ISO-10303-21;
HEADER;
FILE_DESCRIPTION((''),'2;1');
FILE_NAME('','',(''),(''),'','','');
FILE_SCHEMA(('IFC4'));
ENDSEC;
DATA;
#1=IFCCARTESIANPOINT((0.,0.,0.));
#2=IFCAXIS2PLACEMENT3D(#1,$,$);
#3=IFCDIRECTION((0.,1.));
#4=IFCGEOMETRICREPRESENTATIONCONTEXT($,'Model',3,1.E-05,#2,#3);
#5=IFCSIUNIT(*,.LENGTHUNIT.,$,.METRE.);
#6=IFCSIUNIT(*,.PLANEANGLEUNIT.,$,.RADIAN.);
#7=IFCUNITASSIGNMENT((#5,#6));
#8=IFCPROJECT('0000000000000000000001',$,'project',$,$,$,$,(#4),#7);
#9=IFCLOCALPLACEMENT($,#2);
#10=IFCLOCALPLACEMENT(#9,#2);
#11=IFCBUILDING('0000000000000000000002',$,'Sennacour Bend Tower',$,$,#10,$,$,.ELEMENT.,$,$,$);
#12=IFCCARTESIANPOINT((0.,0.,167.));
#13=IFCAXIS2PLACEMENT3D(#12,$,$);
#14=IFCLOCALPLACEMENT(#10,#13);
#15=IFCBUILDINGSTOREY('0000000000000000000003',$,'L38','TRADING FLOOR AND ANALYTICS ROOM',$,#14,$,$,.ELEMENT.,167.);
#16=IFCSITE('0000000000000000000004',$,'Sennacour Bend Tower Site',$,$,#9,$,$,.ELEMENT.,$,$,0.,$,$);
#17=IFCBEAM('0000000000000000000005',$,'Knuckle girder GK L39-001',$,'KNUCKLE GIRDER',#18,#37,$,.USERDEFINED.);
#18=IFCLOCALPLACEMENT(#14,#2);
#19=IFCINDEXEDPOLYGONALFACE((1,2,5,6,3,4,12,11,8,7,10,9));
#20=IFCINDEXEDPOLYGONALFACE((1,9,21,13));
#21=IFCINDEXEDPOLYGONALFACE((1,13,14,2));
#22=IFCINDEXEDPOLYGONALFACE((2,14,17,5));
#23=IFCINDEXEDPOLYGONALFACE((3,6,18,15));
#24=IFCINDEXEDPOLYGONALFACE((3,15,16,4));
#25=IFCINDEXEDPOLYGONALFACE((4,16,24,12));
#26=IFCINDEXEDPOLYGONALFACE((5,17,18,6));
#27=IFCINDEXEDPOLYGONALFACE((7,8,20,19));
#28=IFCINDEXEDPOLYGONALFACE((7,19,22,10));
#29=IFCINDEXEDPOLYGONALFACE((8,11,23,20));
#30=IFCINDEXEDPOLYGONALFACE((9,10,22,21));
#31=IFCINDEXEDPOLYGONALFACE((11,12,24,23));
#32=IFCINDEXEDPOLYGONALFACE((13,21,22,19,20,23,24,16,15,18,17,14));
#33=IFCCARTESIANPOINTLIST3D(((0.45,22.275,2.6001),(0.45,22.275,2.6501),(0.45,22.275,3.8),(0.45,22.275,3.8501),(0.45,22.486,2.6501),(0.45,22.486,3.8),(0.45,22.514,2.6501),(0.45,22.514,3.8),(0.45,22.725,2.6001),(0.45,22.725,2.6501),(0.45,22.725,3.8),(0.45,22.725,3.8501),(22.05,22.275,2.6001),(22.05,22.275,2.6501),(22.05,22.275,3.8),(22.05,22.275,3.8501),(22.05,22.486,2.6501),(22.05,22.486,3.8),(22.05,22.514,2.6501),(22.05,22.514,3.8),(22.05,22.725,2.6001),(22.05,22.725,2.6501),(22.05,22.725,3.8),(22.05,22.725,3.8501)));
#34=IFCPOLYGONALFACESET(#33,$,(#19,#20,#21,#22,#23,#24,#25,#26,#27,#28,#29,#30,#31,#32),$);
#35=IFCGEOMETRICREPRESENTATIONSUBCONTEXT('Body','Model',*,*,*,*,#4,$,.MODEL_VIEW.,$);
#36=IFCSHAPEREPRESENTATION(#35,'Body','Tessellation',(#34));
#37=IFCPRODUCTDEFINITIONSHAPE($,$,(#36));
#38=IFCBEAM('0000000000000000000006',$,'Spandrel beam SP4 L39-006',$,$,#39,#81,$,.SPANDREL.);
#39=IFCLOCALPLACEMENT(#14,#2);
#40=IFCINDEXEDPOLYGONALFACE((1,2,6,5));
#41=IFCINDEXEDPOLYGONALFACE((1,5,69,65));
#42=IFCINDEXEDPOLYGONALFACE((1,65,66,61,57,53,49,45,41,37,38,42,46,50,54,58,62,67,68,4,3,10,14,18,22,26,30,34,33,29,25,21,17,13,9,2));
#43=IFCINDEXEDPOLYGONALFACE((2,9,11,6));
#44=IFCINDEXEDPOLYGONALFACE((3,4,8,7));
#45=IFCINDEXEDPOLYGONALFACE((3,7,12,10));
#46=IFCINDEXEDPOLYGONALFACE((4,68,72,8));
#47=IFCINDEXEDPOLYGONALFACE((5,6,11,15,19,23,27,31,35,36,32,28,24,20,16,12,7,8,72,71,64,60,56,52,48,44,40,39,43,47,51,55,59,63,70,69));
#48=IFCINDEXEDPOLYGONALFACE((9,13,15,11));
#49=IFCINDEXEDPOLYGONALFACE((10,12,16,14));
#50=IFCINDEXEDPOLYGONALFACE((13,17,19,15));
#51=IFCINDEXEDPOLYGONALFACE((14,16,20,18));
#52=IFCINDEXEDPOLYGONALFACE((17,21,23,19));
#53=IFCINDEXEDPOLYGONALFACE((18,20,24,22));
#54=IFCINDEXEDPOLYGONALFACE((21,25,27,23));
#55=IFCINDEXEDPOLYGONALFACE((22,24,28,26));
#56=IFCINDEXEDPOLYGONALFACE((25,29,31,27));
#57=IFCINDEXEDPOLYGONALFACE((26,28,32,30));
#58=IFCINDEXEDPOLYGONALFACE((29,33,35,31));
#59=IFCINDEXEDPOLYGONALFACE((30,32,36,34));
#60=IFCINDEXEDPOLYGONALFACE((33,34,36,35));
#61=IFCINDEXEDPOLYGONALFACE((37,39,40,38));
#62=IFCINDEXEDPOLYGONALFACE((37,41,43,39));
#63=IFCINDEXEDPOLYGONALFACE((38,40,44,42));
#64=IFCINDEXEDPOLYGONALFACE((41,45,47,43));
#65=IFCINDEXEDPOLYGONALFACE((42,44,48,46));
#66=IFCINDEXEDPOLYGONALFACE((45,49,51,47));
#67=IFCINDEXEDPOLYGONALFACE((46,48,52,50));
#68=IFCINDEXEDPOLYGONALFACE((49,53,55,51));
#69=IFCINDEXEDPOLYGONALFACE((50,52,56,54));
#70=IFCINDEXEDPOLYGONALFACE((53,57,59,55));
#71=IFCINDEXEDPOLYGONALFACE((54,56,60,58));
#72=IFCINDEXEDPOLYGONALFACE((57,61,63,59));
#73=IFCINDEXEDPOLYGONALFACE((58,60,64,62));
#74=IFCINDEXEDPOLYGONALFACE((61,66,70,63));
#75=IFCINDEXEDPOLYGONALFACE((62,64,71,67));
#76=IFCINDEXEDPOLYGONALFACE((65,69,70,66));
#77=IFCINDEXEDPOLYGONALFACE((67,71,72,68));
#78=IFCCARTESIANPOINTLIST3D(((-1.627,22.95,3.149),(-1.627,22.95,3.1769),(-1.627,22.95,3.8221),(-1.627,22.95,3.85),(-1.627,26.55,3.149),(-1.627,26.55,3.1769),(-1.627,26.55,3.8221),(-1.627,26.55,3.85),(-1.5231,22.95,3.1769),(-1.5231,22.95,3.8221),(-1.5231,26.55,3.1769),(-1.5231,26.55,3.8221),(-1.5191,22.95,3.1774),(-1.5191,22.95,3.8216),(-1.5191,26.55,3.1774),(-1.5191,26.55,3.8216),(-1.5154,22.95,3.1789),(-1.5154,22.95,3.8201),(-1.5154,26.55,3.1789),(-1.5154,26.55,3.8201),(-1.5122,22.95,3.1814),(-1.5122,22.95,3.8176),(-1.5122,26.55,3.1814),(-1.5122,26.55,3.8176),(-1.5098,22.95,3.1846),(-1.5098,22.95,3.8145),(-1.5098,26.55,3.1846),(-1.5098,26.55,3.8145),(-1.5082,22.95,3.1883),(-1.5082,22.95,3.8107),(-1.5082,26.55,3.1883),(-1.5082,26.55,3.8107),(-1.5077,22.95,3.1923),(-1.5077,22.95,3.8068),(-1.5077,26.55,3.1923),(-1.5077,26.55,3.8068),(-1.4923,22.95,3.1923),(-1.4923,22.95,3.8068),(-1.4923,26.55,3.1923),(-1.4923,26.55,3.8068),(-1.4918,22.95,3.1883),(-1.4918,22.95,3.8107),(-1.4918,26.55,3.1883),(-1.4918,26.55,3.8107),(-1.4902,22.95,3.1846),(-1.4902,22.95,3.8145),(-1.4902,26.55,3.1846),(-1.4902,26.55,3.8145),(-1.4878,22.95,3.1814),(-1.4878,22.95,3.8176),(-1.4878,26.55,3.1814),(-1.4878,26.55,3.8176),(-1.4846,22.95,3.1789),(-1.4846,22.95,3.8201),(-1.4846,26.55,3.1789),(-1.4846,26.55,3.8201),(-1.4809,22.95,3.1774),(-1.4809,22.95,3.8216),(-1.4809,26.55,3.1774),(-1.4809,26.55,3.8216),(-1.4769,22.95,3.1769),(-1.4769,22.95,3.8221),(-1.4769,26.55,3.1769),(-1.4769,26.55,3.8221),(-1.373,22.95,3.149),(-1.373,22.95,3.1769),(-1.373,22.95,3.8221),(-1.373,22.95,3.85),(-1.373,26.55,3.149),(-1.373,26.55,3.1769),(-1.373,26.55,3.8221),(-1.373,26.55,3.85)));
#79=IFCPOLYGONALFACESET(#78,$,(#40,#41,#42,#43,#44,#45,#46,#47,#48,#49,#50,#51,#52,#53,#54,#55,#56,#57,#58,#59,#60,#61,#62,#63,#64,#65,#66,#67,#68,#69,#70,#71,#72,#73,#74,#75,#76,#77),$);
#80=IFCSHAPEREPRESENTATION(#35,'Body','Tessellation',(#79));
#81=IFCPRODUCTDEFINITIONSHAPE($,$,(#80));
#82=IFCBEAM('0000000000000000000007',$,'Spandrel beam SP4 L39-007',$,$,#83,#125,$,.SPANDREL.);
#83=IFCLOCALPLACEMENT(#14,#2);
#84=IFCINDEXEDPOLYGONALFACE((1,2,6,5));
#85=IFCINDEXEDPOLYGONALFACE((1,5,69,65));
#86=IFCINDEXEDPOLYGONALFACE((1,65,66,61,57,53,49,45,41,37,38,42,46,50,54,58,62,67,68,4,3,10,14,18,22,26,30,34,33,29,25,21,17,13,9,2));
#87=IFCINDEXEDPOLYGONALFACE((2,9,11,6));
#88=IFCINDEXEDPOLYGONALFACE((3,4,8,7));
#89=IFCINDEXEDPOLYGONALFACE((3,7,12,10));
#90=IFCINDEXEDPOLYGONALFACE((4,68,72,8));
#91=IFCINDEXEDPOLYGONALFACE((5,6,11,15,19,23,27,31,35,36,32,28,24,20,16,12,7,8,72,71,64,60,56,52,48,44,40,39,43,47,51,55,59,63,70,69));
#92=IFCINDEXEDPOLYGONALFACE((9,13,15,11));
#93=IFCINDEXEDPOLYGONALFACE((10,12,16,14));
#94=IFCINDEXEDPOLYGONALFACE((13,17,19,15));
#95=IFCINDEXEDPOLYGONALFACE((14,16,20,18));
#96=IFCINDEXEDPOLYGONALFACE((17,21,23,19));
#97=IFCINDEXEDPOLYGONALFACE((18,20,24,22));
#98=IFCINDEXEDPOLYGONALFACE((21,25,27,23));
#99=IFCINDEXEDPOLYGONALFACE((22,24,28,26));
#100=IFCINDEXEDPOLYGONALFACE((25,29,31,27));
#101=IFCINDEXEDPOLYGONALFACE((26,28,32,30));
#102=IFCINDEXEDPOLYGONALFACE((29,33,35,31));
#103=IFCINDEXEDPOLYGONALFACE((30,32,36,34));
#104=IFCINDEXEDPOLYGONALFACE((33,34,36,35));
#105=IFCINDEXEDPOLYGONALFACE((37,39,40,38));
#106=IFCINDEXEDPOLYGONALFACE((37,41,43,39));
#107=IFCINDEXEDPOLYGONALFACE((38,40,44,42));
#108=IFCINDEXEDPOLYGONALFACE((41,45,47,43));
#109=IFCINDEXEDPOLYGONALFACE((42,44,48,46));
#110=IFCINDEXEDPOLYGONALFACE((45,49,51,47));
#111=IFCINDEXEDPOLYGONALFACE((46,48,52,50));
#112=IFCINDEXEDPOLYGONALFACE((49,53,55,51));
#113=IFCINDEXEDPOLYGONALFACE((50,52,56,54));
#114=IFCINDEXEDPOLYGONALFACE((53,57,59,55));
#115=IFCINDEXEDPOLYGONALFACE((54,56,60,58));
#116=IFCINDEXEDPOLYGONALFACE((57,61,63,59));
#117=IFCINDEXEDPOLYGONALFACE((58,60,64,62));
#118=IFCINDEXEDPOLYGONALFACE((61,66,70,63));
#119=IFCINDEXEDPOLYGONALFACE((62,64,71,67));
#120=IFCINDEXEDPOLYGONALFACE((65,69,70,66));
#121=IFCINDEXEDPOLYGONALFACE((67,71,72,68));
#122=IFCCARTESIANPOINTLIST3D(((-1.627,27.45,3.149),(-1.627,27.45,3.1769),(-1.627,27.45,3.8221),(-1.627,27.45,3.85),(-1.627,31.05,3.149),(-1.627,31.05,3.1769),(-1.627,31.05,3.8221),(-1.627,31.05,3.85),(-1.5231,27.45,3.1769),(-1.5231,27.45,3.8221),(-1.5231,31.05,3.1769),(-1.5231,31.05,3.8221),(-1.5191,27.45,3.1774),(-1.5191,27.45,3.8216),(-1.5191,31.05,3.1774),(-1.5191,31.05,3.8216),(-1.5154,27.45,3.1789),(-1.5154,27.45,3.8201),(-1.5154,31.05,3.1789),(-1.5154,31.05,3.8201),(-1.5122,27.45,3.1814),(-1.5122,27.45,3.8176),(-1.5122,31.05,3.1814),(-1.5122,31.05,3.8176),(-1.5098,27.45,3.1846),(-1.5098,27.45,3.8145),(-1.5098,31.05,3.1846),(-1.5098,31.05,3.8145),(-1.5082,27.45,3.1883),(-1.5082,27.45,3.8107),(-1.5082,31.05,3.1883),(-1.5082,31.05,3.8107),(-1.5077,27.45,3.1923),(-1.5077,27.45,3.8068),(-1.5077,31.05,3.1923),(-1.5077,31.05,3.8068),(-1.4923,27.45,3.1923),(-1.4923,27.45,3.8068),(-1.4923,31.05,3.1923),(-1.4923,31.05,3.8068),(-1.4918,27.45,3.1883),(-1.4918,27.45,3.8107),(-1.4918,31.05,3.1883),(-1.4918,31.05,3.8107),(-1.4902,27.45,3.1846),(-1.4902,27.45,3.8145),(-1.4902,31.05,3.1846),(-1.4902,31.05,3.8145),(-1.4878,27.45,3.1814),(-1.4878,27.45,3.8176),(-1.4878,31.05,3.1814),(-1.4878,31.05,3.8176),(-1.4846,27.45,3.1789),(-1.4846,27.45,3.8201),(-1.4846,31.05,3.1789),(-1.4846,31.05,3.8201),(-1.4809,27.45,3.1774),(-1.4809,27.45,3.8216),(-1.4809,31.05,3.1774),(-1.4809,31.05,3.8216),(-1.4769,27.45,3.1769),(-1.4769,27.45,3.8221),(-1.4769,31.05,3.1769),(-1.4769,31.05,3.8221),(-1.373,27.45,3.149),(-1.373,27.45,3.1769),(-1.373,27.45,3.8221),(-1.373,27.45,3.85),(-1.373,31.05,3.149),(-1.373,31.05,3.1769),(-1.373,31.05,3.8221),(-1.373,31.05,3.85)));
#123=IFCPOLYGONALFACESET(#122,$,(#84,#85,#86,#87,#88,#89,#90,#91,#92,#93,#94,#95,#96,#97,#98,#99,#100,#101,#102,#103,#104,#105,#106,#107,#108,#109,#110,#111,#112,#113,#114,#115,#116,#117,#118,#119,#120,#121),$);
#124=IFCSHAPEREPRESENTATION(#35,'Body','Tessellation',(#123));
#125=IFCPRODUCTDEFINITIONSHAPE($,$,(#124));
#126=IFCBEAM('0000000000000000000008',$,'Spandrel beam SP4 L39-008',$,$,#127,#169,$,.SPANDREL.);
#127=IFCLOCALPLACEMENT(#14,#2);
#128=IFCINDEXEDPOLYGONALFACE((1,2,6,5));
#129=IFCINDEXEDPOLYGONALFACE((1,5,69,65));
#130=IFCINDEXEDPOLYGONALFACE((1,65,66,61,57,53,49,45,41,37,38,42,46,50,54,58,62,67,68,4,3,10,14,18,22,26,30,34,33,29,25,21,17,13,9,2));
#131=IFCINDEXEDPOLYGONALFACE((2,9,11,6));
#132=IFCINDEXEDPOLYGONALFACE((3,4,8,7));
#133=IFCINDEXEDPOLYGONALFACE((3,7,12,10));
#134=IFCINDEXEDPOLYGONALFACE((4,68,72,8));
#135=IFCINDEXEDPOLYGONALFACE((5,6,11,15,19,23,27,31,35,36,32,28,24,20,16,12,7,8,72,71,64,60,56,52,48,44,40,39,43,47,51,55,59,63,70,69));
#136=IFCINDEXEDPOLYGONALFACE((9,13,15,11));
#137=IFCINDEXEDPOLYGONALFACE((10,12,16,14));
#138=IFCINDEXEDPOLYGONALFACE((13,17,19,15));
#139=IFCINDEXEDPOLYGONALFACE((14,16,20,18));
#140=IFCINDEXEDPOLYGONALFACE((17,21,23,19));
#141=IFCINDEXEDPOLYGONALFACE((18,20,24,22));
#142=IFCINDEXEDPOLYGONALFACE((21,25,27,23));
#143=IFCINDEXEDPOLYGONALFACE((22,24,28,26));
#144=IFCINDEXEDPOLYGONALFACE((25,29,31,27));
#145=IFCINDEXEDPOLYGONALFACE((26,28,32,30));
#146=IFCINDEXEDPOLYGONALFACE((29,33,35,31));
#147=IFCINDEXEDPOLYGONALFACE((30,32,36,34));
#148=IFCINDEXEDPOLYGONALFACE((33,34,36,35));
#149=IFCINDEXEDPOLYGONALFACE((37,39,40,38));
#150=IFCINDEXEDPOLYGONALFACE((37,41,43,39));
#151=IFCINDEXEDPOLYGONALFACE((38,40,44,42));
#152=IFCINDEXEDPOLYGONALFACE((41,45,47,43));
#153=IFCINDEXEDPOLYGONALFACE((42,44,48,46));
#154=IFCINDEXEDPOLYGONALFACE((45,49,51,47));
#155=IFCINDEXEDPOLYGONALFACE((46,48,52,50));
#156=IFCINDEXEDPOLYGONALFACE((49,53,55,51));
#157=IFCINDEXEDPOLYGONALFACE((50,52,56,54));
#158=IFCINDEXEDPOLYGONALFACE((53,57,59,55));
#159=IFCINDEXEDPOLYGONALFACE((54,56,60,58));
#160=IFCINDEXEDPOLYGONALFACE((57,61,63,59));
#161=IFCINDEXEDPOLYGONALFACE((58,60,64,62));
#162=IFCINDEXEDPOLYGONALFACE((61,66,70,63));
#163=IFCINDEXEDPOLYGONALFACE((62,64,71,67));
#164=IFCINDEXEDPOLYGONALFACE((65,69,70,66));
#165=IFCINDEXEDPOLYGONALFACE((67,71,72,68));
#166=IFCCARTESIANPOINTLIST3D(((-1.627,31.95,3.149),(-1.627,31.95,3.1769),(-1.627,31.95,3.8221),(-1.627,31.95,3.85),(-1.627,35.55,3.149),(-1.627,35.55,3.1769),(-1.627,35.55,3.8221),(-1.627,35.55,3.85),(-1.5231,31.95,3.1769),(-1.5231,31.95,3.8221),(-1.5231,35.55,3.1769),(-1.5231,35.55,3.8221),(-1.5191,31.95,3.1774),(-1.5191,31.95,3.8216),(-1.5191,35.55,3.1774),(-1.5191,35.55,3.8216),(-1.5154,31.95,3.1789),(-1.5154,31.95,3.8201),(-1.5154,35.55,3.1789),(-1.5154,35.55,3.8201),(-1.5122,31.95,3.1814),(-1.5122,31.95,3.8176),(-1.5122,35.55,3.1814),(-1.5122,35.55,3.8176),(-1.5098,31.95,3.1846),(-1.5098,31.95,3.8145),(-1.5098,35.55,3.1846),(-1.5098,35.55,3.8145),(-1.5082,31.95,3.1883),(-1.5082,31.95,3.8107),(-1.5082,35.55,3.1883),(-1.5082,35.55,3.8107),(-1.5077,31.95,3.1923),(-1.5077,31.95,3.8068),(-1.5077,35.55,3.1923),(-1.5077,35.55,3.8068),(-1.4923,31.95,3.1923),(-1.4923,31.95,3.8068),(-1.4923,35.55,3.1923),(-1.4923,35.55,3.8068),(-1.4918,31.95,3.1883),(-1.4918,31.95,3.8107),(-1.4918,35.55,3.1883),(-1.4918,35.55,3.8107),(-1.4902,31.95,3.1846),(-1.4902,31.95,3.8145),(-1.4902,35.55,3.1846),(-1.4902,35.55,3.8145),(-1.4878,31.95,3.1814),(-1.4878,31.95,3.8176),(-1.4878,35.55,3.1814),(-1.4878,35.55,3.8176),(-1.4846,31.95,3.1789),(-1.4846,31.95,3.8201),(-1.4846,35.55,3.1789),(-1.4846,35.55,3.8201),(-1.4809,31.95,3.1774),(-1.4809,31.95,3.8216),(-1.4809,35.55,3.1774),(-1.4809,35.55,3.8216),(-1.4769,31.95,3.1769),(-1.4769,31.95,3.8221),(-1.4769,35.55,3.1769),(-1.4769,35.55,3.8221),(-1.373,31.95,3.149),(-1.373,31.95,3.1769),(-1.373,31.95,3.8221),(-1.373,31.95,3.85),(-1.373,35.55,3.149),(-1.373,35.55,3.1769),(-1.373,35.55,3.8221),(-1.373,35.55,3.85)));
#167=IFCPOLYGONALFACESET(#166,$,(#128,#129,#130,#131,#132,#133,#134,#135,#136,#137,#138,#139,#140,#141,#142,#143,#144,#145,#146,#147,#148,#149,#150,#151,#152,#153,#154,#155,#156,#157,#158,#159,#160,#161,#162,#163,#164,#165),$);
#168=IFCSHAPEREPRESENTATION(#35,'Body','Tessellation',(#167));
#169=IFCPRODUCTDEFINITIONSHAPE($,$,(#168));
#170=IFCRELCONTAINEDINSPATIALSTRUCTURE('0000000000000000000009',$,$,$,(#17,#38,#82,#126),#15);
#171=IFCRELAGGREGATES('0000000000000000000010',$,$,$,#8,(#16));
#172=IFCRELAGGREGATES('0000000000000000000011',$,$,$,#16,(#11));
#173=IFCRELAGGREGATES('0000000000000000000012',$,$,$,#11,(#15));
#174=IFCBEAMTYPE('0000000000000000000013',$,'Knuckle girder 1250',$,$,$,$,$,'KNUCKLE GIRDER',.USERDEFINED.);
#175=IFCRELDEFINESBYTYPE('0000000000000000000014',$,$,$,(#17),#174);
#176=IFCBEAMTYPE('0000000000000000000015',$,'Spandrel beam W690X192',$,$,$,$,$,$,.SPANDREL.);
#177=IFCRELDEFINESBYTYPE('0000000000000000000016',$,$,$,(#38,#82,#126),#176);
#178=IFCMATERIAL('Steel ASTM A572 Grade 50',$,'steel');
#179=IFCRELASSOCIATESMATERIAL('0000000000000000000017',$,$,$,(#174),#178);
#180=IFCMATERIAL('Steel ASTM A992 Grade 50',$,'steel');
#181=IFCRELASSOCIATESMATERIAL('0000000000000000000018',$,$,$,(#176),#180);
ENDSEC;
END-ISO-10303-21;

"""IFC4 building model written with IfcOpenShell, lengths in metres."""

from ifc_helpers import new_model, si_unit, direction, frame, origin, origin_2d, place, context, subcontext, project, spatial, i_section, extrude, material, material_profile, profile_set, type_object, element, save


model = new_model("IFC4")

# Units and contexts
model_context = context("Model", 3, precision=1e-05, world=origin(), true_north=direction((0.0, 1.0)))
body_context = subcontext(model_context, "Body", "Model", "MODEL_VIEW")
ifc_project = project(units=[si_unit("LENGTHUNIT", "METRE"), si_unit("PLANEANGLEUNIT", "RADIAN")], contexts=[model_context])

# Site, building, storey
site_placement = place(None, origin())
site = spatial("IfcSite", under=ifc_project, at=site_placement, Name="Sennacour Bend Tower Site", CompositionType="ELEMENT", RefElevation=0.0)
building_placement = place(site_placement, origin())
building = spatial("IfcBuilding", under=site, at=building_placement, Name="Sennacour Bend Tower", CompositionType="ELEMENT")
storey_placement = place(building_placement, frame((0.0, 0.0, 167.0)))
storey = spatial("IfcBuildingStorey", under=building, at=storey_placement, Name="L38", Description="TRADING FLOOR AND ANALYTICS ROOM", CompositionType="ELEMENT", Elevation=167.0)

# Shared definitions
ifc_material_1 = material(Name="Steel ASTM A572 Grade 50", Category="steel")

# Beams
ifc_material_2 = material(Name="Steel ASTM A992 Grade 50", Category="steel")
ifc_material_profile_1 = material_profile(ifc_material_1, i_section(OverallWidth=0.45, OverallDepth=1.25, WebThickness=0.0281, FlangeThickness=0.05, at=origin_2d()), Name="Steel ASTM A572 Grade 50", Category="steel")
ifc_profile_set_1 = profile_set([ifc_material_profile_1], Name="Steel ASTM A572 Grade 50")
beam_type_1 = type_object("IfcBeamType", Name="Knuckle girder 1250", ElementType="KNUCKLE GIRDER", PredefinedType="USERDEFINED", material=ifc_profile_set_1)
beam_1_placement = place(storey_placement, frame((0.45, 22.5, 3.2251), z_axis=(1.0, 0.0, 0.0), x_axis=(0.0, 1.0, 0.0)))
element("IfcBeam", 1, at=beam_1_placement, inside=storey, type_object=beam_type_1, Name="Knuckle girder GK L39-001", ObjectType="KNUCKLE GIRDER", PredefinedType="USERDEFINED", context=body_context, shape_type="SweptSolid", body=[
    extrude(i_section(OverallWidth=0.45, OverallDepth=1.25, WebThickness=0.0281, FlangeThickness=0.05, at=origin_2d()), origin(), (0.0, 0.0, 1.0), 21.6001),
])
ifc_material_profile_2 = material_profile(ifc_material_2, i_section(OverallWidth=0.2539, OverallDepth=0.7009, WebThickness=0.0154, FlangeThickness=0.0278, FilletRadius=0.0154, at=origin_2d()), Name="Steel ASTM A992 Grade 50", Category="steel")
ifc_profile_set_2 = profile_set([ifc_material_profile_2], Name="Steel ASTM A992 Grade 50")
beam_type_2 = type_object("IfcBeamType", Name="Spandrel beam W690X192", PredefinedType="SPANDREL", material=ifc_profile_set_2)
for number, where, z_axis, x_axis, name in (
    (2, (-1.5, 22.95, 3.4995), (0.0, 1.0, 0.0), (-1.0, 0.0, 0.0), "Spandrel beam SP4 L39-006"),
    (3, (-1.5, 27.45, 3.4995), (0.0, 1.0, 0.0), (-1.0, 0.0, 0.0), "Spandrel beam SP4 L39-007"),
    (4, (-1.5, 31.95, 3.4995), (0.0, 1.0, 0.0), (-1.0, 0.0, 0.0), "Spandrel beam SP4 L39-008"),
):
    element("IfcBeam", number, at=place(storey_placement, frame(where, z_axis=z_axis, x_axis=x_axis)), inside=storey, type_object=beam_type_2, Name=name, PredefinedType="SPANDREL", context=body_context, shape_type="SweptSolid", body=[
        extrude(i_section(OverallWidth=0.2539, OverallDepth=0.7009, WebThickness=0.0154, FlangeThickness=0.0278, FilletRadius=0.0154, at=origin_2d()), origin(), (0.0, 0.0, 1.0), 3.6001),
    ])

save(model, "model.ifc")
